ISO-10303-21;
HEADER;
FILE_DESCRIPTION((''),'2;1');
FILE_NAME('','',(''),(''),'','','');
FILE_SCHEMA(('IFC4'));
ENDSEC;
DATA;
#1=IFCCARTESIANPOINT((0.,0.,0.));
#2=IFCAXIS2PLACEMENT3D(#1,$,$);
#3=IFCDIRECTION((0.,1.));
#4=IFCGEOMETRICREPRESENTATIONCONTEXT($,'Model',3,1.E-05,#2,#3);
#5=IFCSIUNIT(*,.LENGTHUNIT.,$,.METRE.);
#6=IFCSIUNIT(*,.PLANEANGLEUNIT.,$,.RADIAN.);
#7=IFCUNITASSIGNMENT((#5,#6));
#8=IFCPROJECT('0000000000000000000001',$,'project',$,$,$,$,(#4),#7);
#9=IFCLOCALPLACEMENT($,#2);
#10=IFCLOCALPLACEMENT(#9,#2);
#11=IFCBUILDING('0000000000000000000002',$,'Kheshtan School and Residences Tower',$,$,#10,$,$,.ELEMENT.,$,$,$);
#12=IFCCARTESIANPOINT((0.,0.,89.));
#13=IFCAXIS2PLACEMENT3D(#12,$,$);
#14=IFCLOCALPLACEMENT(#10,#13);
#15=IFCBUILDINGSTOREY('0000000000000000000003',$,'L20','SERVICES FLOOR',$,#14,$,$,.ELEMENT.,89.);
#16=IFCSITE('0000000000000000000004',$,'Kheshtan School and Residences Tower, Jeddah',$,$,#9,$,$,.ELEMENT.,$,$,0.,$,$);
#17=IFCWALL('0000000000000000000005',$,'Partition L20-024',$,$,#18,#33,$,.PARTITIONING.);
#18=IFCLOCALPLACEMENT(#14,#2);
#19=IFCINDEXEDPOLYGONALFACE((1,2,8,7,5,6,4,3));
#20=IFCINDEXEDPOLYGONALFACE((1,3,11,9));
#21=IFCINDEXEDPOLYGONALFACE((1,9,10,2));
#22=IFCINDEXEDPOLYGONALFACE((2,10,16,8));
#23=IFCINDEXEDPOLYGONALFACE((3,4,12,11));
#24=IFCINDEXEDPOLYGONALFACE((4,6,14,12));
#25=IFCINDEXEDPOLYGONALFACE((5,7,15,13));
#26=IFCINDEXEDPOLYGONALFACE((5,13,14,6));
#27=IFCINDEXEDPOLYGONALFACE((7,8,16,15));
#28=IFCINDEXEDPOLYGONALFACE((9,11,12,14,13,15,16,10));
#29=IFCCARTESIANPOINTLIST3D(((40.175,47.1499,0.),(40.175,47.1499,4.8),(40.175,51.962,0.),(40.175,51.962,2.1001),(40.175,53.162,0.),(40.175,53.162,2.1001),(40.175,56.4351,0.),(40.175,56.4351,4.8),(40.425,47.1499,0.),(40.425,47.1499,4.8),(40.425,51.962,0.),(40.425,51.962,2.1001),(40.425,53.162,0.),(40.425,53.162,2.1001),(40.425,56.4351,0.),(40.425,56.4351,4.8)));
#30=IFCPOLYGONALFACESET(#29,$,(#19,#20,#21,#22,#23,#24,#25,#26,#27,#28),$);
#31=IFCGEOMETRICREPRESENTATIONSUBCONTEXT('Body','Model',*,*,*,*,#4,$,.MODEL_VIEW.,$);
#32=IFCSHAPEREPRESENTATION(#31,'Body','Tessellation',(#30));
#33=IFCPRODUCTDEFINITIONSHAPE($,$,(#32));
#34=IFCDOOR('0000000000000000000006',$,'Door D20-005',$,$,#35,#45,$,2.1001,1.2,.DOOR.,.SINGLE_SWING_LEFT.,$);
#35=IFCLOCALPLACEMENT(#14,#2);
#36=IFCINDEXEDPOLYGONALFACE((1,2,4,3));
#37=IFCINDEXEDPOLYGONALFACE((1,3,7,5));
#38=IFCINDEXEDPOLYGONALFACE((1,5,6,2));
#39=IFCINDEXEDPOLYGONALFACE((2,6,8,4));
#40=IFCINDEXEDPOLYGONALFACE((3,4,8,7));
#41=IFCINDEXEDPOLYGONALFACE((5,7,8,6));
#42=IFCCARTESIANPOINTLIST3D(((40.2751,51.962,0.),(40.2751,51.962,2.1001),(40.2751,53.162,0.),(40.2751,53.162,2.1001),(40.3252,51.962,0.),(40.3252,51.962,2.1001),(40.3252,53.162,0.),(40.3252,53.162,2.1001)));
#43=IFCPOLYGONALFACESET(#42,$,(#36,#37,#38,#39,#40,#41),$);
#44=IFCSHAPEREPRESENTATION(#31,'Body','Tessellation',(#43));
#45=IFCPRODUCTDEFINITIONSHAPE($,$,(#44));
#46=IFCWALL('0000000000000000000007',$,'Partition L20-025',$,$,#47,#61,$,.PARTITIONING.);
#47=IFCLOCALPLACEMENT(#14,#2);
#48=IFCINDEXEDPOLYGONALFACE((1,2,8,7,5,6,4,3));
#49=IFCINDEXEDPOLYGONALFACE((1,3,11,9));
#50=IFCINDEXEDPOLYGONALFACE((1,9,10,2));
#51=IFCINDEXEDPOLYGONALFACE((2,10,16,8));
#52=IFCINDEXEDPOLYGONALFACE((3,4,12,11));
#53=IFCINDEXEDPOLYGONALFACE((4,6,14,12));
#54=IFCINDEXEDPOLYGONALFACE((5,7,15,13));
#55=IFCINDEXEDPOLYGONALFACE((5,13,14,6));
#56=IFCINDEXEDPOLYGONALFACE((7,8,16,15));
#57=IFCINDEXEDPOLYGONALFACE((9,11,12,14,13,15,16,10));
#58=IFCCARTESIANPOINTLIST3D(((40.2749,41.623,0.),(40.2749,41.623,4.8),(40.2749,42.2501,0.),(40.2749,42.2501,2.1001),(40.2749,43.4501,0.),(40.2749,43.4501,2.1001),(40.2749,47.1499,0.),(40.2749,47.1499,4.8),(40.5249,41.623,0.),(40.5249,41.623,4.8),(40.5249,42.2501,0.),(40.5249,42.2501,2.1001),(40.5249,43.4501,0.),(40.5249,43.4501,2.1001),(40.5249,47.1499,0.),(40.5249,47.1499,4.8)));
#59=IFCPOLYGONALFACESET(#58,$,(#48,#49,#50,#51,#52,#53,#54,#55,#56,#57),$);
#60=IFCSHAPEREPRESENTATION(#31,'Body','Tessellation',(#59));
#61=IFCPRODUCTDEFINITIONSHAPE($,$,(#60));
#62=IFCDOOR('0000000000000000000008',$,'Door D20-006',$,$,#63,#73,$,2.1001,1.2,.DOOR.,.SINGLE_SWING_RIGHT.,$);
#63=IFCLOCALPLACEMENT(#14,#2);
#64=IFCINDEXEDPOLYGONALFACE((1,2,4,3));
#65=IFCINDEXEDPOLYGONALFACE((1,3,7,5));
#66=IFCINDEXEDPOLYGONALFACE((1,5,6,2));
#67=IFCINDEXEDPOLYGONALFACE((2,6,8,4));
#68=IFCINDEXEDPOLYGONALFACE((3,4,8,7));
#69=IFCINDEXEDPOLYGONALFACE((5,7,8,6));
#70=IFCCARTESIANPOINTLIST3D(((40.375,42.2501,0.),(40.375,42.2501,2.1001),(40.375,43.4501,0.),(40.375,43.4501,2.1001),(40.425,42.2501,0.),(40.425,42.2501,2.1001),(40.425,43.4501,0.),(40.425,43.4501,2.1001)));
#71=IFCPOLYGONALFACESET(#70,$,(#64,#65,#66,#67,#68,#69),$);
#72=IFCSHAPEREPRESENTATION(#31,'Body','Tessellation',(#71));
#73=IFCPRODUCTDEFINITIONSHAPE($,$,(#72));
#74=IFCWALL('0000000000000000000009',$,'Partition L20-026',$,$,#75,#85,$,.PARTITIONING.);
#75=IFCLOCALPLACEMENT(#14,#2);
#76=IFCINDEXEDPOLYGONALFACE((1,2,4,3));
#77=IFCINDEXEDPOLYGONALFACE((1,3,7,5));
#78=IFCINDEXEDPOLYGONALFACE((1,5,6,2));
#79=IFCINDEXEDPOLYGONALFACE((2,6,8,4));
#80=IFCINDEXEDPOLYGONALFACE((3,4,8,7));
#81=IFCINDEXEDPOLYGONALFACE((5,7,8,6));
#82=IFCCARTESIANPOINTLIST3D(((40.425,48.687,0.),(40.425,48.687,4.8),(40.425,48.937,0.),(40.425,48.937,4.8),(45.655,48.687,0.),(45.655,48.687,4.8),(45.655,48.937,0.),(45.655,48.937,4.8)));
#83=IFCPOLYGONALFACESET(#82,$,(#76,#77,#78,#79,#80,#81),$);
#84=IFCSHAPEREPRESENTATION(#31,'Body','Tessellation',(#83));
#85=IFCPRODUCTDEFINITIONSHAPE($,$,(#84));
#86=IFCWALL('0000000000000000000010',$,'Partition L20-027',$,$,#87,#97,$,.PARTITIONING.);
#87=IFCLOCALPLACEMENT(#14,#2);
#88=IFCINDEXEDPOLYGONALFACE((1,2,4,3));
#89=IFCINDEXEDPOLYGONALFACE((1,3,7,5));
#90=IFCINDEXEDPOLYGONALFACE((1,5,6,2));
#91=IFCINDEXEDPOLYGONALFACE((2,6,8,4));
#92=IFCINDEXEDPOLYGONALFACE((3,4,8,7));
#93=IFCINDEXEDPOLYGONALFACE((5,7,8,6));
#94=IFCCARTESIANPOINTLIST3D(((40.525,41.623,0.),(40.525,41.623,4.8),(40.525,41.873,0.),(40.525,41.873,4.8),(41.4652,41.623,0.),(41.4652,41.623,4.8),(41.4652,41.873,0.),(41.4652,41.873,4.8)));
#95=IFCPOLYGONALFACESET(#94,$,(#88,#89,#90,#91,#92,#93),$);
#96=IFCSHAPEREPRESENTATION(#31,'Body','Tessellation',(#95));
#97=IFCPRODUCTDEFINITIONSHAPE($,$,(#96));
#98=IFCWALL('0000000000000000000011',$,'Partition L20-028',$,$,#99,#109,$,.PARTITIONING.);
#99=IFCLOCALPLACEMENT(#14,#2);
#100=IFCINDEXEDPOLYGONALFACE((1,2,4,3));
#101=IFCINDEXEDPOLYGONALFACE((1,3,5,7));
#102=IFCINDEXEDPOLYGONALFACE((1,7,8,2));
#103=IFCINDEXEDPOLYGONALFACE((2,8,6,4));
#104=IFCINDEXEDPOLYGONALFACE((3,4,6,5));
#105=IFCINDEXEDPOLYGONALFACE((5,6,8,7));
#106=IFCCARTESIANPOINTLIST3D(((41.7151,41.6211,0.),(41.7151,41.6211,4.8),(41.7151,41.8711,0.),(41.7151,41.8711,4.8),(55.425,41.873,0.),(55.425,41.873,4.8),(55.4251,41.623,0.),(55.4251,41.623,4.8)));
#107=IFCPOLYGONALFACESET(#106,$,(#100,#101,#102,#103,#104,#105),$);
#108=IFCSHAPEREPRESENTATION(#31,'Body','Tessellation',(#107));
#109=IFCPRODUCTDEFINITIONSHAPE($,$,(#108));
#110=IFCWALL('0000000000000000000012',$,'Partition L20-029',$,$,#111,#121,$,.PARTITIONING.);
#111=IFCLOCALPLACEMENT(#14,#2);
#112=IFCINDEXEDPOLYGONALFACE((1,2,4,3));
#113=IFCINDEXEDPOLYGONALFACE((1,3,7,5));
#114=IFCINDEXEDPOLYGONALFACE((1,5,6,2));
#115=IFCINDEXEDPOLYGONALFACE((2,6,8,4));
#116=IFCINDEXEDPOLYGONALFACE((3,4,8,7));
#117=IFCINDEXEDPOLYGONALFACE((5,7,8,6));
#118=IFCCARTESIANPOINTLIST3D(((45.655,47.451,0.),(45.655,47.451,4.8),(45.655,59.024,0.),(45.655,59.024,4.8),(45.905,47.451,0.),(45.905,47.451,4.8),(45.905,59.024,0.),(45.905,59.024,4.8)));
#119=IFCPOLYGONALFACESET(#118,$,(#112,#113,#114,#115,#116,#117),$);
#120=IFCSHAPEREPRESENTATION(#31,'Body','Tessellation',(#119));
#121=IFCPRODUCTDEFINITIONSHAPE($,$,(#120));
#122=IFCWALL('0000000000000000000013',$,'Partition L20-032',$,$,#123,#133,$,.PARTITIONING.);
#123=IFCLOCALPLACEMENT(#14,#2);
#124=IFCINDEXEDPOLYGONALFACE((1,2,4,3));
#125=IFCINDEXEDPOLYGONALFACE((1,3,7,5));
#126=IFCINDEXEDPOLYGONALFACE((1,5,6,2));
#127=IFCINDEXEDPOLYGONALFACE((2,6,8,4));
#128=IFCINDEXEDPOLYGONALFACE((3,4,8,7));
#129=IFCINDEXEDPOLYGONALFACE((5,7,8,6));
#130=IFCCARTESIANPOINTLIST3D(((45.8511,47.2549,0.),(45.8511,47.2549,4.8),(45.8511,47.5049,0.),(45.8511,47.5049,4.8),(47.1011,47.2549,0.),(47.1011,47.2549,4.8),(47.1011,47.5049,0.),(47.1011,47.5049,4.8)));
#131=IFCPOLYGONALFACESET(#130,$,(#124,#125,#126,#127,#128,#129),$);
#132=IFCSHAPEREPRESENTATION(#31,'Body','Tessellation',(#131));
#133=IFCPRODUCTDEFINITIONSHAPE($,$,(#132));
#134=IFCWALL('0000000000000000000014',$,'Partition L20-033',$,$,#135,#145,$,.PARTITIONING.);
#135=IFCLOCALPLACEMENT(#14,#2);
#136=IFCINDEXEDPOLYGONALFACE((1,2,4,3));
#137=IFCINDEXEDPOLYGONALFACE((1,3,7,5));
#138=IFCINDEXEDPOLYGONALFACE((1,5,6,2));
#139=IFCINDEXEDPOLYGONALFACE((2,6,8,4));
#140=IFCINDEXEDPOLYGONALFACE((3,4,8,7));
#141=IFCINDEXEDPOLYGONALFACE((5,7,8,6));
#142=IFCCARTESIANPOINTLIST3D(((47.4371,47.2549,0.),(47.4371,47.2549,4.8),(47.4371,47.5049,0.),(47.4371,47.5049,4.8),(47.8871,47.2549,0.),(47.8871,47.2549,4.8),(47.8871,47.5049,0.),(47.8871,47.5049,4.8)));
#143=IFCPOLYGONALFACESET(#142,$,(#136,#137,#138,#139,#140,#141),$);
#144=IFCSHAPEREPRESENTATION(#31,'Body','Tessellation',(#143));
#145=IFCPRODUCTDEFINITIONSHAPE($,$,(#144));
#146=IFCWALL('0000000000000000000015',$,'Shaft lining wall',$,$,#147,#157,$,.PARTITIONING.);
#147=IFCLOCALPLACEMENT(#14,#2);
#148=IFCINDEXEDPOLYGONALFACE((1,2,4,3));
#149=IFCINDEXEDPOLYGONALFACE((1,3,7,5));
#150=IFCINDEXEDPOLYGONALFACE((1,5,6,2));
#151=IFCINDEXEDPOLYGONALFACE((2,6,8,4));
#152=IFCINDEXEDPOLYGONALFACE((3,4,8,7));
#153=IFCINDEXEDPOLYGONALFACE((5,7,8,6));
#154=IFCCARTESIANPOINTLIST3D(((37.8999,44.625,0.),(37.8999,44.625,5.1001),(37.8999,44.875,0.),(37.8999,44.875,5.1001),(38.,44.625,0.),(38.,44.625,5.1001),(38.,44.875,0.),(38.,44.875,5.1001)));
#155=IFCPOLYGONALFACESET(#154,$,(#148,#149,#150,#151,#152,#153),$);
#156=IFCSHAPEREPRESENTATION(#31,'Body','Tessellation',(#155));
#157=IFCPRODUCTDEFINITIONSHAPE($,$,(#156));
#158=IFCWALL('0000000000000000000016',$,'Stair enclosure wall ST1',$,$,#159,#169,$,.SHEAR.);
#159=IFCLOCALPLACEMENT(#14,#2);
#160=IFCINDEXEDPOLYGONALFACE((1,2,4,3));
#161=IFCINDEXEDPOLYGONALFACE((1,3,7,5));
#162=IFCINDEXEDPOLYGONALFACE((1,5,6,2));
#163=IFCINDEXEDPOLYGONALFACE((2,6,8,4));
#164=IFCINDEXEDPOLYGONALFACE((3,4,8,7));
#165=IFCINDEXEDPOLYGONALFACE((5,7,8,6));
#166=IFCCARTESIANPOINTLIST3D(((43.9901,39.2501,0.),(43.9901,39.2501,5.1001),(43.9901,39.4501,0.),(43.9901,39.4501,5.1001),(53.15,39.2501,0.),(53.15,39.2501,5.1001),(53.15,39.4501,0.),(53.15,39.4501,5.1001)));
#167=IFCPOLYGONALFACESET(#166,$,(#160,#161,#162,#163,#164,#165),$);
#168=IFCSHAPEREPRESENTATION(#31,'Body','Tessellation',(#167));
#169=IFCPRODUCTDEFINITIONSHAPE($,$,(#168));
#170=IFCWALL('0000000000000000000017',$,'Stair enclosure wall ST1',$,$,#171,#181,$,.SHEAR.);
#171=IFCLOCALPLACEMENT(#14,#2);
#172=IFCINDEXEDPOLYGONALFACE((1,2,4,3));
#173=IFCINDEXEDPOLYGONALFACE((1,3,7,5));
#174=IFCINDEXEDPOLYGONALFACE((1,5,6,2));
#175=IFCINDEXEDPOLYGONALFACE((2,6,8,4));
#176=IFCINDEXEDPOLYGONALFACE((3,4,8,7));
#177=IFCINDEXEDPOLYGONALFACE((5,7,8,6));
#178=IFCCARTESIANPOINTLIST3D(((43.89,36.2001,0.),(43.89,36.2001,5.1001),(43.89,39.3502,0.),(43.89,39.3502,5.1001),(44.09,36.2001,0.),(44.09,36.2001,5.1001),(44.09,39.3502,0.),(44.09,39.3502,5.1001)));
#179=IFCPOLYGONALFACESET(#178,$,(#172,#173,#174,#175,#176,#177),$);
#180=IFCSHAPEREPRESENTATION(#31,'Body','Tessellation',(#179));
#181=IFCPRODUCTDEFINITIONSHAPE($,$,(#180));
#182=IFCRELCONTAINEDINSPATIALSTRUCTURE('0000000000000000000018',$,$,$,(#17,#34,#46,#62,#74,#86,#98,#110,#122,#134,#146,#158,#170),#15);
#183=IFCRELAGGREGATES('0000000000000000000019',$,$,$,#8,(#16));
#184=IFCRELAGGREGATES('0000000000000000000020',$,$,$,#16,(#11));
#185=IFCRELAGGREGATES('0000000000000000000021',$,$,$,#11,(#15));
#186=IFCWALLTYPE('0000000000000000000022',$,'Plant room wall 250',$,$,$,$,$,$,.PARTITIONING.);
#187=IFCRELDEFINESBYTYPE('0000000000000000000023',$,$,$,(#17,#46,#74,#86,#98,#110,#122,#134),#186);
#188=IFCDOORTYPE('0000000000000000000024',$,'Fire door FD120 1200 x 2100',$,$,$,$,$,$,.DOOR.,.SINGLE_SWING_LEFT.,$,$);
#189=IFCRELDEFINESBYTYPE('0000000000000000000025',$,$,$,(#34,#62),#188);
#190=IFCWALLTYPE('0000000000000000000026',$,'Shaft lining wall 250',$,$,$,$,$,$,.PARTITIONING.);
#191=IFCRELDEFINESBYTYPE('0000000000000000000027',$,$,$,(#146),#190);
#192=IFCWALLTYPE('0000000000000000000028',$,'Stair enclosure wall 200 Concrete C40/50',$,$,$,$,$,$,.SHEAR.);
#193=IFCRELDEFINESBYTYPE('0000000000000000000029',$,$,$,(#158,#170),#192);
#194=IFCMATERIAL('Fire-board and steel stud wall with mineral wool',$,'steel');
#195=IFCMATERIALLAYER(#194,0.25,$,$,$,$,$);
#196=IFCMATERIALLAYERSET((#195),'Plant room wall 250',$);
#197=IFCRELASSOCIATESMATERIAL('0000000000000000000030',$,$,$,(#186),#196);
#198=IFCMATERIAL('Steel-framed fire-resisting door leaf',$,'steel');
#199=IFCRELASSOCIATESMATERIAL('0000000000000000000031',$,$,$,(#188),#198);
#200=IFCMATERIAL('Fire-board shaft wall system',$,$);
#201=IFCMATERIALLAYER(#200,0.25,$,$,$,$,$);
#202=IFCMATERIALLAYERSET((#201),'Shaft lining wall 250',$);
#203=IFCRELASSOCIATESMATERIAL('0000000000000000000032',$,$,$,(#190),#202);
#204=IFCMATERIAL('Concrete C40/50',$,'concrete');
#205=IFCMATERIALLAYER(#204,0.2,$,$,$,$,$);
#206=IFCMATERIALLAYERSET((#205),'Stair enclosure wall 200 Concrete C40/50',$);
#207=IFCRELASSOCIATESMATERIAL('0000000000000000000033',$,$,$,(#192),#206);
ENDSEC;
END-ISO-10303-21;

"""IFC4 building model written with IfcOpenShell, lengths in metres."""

from ifc_helpers import new_model, si_unit, direction, frame, frame_2d, origin, place, context, subcontext, project, spatial, rectangle, extrude, source, transform, mapped, material, layer, layer_set, type_object, element, fill, save


model = new_model("IFC4")

# Units and contexts
model_context = context("Model", 3, precision=1e-05, world=origin(), true_north=direction((0.0, 1.0)))
body_context = subcontext(model_context, "Body", "Model", "MODEL_VIEW")
ifc_project = project(units=[si_unit("LENGTHUNIT", "METRE"), si_unit("PLANEANGLEUNIT", "RADIAN")], contexts=[model_context])

# Site, building, storey
site_placement = place(None, origin())
site = spatial("IfcSite", under=ifc_project, at=site_placement, Name="Kheshtan School and Residences Tower, Jeddah", CompositionType="ELEMENT", RefElevation=0.0)
building_placement = place(site_placement, origin())
building = spatial("IfcBuilding", under=site, at=building_placement, Name="Kheshtan School and Residences Tower", CompositionType="ELEMENT")
storey_placement = place(building_placement, frame((0.0, 0.0, 89.0)))
storey = spatial("IfcBuildingStorey", under=building, at=storey_placement, Name="L20", Description="SERVICES FLOOR", CompositionType="ELEMENT", Elevation=89.0)

# Shared definitions
ifc_material_1 = material(Name="Fire-board and steel stud wall with mineral wool", Category="steel")
ifc_layer_1 = layer(ifc_material_1, 0.25)
ifc_layer_set_1 = layer_set([ifc_layer_1], Name="Plant room wall 250")
wall_type_1 = type_object("IfcWallType", Name="Plant room wall 250", PredefinedType="PARTITIONING", material=ifc_layer_set_1)

# Walls, openings, doors
wall_1_placement = place(storey_placement, frame((40.3, 47.1499, 0.0), z_axis=(0.0, 0.0, 1.0), x_axis=(0.0, 1.0, 0.0)))
wall_1 = element("IfcWall", 1, at=wall_1_placement, inside=storey, type_object=wall_type_1, Name="Partition L20-024", PredefinedType="PARTITIONING", context=body_context, shape_type="SweptSolid", body=[
    extrude(rectangle(XDim=9.2852, YDim=0.25, at=frame_2d((4.6426, 0.0))), origin(), (0.0, 0.0, 1.0), 4.8),
])
opening_1_placement = place(wall_1_placement, frame((4.812, 0.0, 0.0)))
opening_1 = element("IfcOpeningElement", 2, at=opening_1_placement, cuts=wall_1, PredefinedType="OPENING", context=body_context, shape_type="SweptSolid", body=[
    extrude(rectangle(XDim=1.2, YDim=2.1001, at=frame_2d((0.6001, 1.05))), frame((0.0, 0.135, 0.0), z_axis=(0.0, -1.0, 0.0), x_axis=(1.0, 0.0, 0.0)), (0.0, 0.0, 1.0), 0.27),
])
ifc_material_2 = material(Name="Steel-framed fire-resisting door leaf", Category="steel")
door_type = type_object("IfcDoorType", Name="Fire door FD120 1200 x 2100", OperationType="SINGLE_SWING_LEFT", PredefinedType="DOOR", material=ifc_material_2)
shared_shape = source(origin(), body_context, "Body", "SweptSolid", [
    extrude(rectangle(XDim=1.2, YDim=2.1001, at=frame_2d((0.6001, 1.05))), frame((0.0, 0.0249, 0.0), z_axis=(0.0, -1.0, 0.0), x_axis=(1.0, 0.0, 0.0)), (0.0, 0.0, 1.0), 0.05),
])
door_1_placement = place(opening_1_placement, origin())
door_1 = element("IfcDoor", 3, at=door_1_placement, inside=storey, type_object=door_type, Name="Door D20-005", OperationType="SINGLE_SWING_LEFT", OverallHeight=2.1001, OverallWidth=1.2, PredefinedType="DOOR", context=body_context, shape_type="MappedRepresentation", body=[
    mapped(shared_shape, transform((0.0, 0.0, 0.0), x_axis=(1.0, 0.0, 0.0), y_axis=(0.0, 1.0, 0.0), z_axis=(0.0, 0.0, 1.0), scale=1.0)),
])
fill(opening_1, door_1)
wall_2_placement = place(storey_placement, frame((40.3999, 41.623, 0.0), z_axis=(0.0, 0.0, 1.0), x_axis=(0.0, 1.0, 0.0)))
wall_2 = element("IfcWall", 4, at=wall_2_placement, inside=storey, type_object=wall_type_1, Name="Partition L20-025", PredefinedType="PARTITIONING", context=body_context, shape_type="SweptSolid", body=[
    extrude(rectangle(XDim=5.5269, YDim=0.25, at=frame_2d((2.7634, 0.0))), origin(), (0.0, 0.0, 1.0), 4.8),
])
opening_2_placement = place(wall_2_placement, frame((0.627, 0.0, 0.0)))
opening_2 = element("IfcOpeningElement", 5, at=opening_2_placement, cuts=wall_2, PredefinedType="OPENING", context=body_context, shape_type="SweptSolid", body=[
    extrude(rectangle(XDim=1.2, YDim=2.1001, at=frame_2d((0.6001, 1.05))), frame((0.0, 0.135, 0.0), z_axis=(0.0, -1.0, 0.0), x_axis=(1.0, 0.0, 0.0)), (0.0, 0.0, 1.0), 0.27),
])
door_2_placement = place(opening_2_placement, origin())
door_2 = element("IfcDoor", 6, at=door_2_placement, inside=storey, type_object=door_type, Name="Door D20-006", OperationType="SINGLE_SWING_RIGHT", OverallHeight=2.1001, OverallWidth=1.2, PredefinedType="DOOR", context=body_context, shape_type="MappedRepresentation", body=[
    mapped(shared_shape, transform((0.0, 0.0, 0.0), x_axis=(1.0, 0.0, 0.0), y_axis=(0.0, 1.0, 0.0), z_axis=(0.0, 0.0, 1.0), scale=1.0)),
])
fill(opening_2, door_2)

# Walls
wall_3_placement = place(storey_placement, frame((40.425, 48.812, 0.0), z_axis=(0.0, 0.0, 1.0), x_axis=(1.0, 0.0, 0.0)))
element("IfcWall", 7, at=wall_3_placement, inside=storey, type_object=wall_type_1, Name="Partition L20-026", PredefinedType="PARTITIONING", context=body_context, shape_type="SweptSolid", body=[
    extrude(rectangle(XDim=5.23, YDim=0.25, at=frame_2d((2.615, 0.0))), origin(), (0.0, 0.0, 1.0), 4.8),
])
wall_4_placement = place(storey_placement, frame((40.5249, 41.748, 0.0), z_axis=(0.0, 0.0, 1.0), x_axis=(1.0, 0.0, 0.0)))
element("IfcWall", 8, at=wall_4_placement, inside=storey, type_object=wall_type_1, Name="Partition L20-027", PredefinedType="PARTITIONING", context=body_context, shape_type="SweptSolid", body=[
    extrude(rectangle(XDim=0.9402, YDim=0.25, at=frame_2d((0.4702, 0.0))), origin(), (0.0, 0.0, 1.0), 4.8),
])
wall_5_placement = place(storey_placement, frame((41.7151, 41.7461, 0.0), z_axis=(0.0, 0.0, 1.0), x_axis=(1.0, 0.000142, 0.0)))
element("IfcWall", 9, at=wall_5_placement, inside=storey, type_object=wall_type_1, Name="Partition L20-028", PredefinedType="PARTITIONING", context=body_context, shape_type="SweptSolid", body=[
    extrude(rectangle(XDim=13.71, YDim=0.25, at=frame_2d((6.855, 0.0))), origin(), (0.0, 0.0, 1.0), 4.8),
])
wall_6_placement = place(storey_placement, frame((45.78, 47.4509, 0.0), z_axis=(0.0, 0.0, 1.0), x_axis=(0.0, 1.0, 0.0)))
element("IfcWall", 10, at=wall_6_placement, inside=storey, type_object=wall_type_1, Name="Partition L20-029", PredefinedType="PARTITIONING", context=body_context, shape_type="SweptSolid", body=[
    extrude(rectangle(XDim=11.573, YDim=0.25, at=frame_2d((5.7866, 0.0))), origin(), (0.0, 0.0, 1.0), 4.8),
])
wall_7_placement = place(storey_placement, frame((45.8511, 47.3799, 0.0), z_axis=(0.0, 0.0, 1.0), x_axis=(1.0, 0.0, 0.0)))
element("IfcWall", 11, at=wall_7_placement, inside=storey, type_object=wall_type_1, Name="Partition L20-032", PredefinedType="PARTITIONING", context=body_context, shape_type="SweptSolid", body=[
    extrude(rectangle(XDim=1.25, YDim=0.25, at=frame_2d((0.625, 0.0))), origin(), (0.0, 0.0, 1.0), 4.8),
])
wall_8_placement = place(storey_placement, frame((47.437, 47.3799, 0.0), z_axis=(0.0, 0.0, 1.0), x_axis=(1.0, 0.0, 0.0)))
element("IfcWall", 12, at=wall_8_placement, inside=storey, type_object=wall_type_1, Name="Partition L20-033", PredefinedType="PARTITIONING", context=body_context, shape_type="SweptSolid", body=[
    extrude(rectangle(XDim=0.45, YDim=0.25, at=frame_2d((0.2251, 0.0))), origin(), (0.0, 0.0, 1.0), 4.8),
])
ifc_material_3 = material(Name="Fire-board shaft wall system")
ifc_layer_2 = layer(ifc_material_3, 0.25)
ifc_layer_set_2 = layer_set([ifc_layer_2], Name="Shaft lining wall 250")
wall_type_2 = type_object("IfcWallType", Name="Shaft lining wall 250", PredefinedType="PARTITIONING", material=ifc_layer_set_2)
wall_9_placement = place(storey_placement, frame((37.8999, 44.75, 0.0), z_axis=(0.0, 0.0, 1.0), x_axis=(1.0, 0.0, 0.0)))
element("IfcWall", 13, at=wall_9_placement, inside=storey, type_object=wall_type_2, Name="Shaft lining wall", PredefinedType="PARTITIONING", context=body_context, shape_type="SweptSolid", body=[
    extrude(rectangle(XDim=0.1001, YDim=0.25, at=frame_2d((0.05, 0.0))), origin(), (0.0, 0.0, 1.0), 5.1001),
])
ifc_material_4 = material(Name="Concrete C40/50", Category="concrete")
ifc_layer_3 = layer(ifc_material_4, 0.2)
ifc_layer_set_3 = layer_set([ifc_layer_3], Name="Stair enclosure wall 200 Concrete C40/50")
wall_type_3 = type_object("IfcWallType", Name="Stair enclosure wall 200 Concrete C40/50", PredefinedType="SHEAR", material=ifc_layer_set_3)
wall_10_placement = place(storey_placement, frame((43.99, 39.3501, 0.0), z_axis=(0.0, 0.0, 1.0), x_axis=(1.0, 0.0, 0.0)))
element("IfcWall", 14, at=wall_10_placement, inside=storey, type_object=wall_type_3, Name="Stair enclosure wall ST1", PredefinedType="SHEAR", context=body_context, shape_type="SweptSolid", body=[
    extrude(rectangle(XDim=9.1599, YDim=0.2, at=frame_2d((4.5801, 0.0))), origin(), (0.0, 0.0, 1.0), 5.1001),
])
wall_11_placement = place(storey_placement, frame((43.99, 36.2, 0.0), z_axis=(0.0, 0.0, 1.0), x_axis=(0.0, 1.0, 0.0)))
element("IfcWall", 15, at=wall_11_placement, inside=storey, type_object=wall_type_3, Name="Stair enclosure wall ST1", PredefinedType="SHEAR", context=body_context, shape_type="SweptSolid", body=[
    extrude(rectangle(XDim=3.1501, YDim=0.2, at=frame_2d((1.5752, 0.0))), origin(), (0.0, 0.0, 1.0), 5.1001),
])

save(model, "model.ifc")
